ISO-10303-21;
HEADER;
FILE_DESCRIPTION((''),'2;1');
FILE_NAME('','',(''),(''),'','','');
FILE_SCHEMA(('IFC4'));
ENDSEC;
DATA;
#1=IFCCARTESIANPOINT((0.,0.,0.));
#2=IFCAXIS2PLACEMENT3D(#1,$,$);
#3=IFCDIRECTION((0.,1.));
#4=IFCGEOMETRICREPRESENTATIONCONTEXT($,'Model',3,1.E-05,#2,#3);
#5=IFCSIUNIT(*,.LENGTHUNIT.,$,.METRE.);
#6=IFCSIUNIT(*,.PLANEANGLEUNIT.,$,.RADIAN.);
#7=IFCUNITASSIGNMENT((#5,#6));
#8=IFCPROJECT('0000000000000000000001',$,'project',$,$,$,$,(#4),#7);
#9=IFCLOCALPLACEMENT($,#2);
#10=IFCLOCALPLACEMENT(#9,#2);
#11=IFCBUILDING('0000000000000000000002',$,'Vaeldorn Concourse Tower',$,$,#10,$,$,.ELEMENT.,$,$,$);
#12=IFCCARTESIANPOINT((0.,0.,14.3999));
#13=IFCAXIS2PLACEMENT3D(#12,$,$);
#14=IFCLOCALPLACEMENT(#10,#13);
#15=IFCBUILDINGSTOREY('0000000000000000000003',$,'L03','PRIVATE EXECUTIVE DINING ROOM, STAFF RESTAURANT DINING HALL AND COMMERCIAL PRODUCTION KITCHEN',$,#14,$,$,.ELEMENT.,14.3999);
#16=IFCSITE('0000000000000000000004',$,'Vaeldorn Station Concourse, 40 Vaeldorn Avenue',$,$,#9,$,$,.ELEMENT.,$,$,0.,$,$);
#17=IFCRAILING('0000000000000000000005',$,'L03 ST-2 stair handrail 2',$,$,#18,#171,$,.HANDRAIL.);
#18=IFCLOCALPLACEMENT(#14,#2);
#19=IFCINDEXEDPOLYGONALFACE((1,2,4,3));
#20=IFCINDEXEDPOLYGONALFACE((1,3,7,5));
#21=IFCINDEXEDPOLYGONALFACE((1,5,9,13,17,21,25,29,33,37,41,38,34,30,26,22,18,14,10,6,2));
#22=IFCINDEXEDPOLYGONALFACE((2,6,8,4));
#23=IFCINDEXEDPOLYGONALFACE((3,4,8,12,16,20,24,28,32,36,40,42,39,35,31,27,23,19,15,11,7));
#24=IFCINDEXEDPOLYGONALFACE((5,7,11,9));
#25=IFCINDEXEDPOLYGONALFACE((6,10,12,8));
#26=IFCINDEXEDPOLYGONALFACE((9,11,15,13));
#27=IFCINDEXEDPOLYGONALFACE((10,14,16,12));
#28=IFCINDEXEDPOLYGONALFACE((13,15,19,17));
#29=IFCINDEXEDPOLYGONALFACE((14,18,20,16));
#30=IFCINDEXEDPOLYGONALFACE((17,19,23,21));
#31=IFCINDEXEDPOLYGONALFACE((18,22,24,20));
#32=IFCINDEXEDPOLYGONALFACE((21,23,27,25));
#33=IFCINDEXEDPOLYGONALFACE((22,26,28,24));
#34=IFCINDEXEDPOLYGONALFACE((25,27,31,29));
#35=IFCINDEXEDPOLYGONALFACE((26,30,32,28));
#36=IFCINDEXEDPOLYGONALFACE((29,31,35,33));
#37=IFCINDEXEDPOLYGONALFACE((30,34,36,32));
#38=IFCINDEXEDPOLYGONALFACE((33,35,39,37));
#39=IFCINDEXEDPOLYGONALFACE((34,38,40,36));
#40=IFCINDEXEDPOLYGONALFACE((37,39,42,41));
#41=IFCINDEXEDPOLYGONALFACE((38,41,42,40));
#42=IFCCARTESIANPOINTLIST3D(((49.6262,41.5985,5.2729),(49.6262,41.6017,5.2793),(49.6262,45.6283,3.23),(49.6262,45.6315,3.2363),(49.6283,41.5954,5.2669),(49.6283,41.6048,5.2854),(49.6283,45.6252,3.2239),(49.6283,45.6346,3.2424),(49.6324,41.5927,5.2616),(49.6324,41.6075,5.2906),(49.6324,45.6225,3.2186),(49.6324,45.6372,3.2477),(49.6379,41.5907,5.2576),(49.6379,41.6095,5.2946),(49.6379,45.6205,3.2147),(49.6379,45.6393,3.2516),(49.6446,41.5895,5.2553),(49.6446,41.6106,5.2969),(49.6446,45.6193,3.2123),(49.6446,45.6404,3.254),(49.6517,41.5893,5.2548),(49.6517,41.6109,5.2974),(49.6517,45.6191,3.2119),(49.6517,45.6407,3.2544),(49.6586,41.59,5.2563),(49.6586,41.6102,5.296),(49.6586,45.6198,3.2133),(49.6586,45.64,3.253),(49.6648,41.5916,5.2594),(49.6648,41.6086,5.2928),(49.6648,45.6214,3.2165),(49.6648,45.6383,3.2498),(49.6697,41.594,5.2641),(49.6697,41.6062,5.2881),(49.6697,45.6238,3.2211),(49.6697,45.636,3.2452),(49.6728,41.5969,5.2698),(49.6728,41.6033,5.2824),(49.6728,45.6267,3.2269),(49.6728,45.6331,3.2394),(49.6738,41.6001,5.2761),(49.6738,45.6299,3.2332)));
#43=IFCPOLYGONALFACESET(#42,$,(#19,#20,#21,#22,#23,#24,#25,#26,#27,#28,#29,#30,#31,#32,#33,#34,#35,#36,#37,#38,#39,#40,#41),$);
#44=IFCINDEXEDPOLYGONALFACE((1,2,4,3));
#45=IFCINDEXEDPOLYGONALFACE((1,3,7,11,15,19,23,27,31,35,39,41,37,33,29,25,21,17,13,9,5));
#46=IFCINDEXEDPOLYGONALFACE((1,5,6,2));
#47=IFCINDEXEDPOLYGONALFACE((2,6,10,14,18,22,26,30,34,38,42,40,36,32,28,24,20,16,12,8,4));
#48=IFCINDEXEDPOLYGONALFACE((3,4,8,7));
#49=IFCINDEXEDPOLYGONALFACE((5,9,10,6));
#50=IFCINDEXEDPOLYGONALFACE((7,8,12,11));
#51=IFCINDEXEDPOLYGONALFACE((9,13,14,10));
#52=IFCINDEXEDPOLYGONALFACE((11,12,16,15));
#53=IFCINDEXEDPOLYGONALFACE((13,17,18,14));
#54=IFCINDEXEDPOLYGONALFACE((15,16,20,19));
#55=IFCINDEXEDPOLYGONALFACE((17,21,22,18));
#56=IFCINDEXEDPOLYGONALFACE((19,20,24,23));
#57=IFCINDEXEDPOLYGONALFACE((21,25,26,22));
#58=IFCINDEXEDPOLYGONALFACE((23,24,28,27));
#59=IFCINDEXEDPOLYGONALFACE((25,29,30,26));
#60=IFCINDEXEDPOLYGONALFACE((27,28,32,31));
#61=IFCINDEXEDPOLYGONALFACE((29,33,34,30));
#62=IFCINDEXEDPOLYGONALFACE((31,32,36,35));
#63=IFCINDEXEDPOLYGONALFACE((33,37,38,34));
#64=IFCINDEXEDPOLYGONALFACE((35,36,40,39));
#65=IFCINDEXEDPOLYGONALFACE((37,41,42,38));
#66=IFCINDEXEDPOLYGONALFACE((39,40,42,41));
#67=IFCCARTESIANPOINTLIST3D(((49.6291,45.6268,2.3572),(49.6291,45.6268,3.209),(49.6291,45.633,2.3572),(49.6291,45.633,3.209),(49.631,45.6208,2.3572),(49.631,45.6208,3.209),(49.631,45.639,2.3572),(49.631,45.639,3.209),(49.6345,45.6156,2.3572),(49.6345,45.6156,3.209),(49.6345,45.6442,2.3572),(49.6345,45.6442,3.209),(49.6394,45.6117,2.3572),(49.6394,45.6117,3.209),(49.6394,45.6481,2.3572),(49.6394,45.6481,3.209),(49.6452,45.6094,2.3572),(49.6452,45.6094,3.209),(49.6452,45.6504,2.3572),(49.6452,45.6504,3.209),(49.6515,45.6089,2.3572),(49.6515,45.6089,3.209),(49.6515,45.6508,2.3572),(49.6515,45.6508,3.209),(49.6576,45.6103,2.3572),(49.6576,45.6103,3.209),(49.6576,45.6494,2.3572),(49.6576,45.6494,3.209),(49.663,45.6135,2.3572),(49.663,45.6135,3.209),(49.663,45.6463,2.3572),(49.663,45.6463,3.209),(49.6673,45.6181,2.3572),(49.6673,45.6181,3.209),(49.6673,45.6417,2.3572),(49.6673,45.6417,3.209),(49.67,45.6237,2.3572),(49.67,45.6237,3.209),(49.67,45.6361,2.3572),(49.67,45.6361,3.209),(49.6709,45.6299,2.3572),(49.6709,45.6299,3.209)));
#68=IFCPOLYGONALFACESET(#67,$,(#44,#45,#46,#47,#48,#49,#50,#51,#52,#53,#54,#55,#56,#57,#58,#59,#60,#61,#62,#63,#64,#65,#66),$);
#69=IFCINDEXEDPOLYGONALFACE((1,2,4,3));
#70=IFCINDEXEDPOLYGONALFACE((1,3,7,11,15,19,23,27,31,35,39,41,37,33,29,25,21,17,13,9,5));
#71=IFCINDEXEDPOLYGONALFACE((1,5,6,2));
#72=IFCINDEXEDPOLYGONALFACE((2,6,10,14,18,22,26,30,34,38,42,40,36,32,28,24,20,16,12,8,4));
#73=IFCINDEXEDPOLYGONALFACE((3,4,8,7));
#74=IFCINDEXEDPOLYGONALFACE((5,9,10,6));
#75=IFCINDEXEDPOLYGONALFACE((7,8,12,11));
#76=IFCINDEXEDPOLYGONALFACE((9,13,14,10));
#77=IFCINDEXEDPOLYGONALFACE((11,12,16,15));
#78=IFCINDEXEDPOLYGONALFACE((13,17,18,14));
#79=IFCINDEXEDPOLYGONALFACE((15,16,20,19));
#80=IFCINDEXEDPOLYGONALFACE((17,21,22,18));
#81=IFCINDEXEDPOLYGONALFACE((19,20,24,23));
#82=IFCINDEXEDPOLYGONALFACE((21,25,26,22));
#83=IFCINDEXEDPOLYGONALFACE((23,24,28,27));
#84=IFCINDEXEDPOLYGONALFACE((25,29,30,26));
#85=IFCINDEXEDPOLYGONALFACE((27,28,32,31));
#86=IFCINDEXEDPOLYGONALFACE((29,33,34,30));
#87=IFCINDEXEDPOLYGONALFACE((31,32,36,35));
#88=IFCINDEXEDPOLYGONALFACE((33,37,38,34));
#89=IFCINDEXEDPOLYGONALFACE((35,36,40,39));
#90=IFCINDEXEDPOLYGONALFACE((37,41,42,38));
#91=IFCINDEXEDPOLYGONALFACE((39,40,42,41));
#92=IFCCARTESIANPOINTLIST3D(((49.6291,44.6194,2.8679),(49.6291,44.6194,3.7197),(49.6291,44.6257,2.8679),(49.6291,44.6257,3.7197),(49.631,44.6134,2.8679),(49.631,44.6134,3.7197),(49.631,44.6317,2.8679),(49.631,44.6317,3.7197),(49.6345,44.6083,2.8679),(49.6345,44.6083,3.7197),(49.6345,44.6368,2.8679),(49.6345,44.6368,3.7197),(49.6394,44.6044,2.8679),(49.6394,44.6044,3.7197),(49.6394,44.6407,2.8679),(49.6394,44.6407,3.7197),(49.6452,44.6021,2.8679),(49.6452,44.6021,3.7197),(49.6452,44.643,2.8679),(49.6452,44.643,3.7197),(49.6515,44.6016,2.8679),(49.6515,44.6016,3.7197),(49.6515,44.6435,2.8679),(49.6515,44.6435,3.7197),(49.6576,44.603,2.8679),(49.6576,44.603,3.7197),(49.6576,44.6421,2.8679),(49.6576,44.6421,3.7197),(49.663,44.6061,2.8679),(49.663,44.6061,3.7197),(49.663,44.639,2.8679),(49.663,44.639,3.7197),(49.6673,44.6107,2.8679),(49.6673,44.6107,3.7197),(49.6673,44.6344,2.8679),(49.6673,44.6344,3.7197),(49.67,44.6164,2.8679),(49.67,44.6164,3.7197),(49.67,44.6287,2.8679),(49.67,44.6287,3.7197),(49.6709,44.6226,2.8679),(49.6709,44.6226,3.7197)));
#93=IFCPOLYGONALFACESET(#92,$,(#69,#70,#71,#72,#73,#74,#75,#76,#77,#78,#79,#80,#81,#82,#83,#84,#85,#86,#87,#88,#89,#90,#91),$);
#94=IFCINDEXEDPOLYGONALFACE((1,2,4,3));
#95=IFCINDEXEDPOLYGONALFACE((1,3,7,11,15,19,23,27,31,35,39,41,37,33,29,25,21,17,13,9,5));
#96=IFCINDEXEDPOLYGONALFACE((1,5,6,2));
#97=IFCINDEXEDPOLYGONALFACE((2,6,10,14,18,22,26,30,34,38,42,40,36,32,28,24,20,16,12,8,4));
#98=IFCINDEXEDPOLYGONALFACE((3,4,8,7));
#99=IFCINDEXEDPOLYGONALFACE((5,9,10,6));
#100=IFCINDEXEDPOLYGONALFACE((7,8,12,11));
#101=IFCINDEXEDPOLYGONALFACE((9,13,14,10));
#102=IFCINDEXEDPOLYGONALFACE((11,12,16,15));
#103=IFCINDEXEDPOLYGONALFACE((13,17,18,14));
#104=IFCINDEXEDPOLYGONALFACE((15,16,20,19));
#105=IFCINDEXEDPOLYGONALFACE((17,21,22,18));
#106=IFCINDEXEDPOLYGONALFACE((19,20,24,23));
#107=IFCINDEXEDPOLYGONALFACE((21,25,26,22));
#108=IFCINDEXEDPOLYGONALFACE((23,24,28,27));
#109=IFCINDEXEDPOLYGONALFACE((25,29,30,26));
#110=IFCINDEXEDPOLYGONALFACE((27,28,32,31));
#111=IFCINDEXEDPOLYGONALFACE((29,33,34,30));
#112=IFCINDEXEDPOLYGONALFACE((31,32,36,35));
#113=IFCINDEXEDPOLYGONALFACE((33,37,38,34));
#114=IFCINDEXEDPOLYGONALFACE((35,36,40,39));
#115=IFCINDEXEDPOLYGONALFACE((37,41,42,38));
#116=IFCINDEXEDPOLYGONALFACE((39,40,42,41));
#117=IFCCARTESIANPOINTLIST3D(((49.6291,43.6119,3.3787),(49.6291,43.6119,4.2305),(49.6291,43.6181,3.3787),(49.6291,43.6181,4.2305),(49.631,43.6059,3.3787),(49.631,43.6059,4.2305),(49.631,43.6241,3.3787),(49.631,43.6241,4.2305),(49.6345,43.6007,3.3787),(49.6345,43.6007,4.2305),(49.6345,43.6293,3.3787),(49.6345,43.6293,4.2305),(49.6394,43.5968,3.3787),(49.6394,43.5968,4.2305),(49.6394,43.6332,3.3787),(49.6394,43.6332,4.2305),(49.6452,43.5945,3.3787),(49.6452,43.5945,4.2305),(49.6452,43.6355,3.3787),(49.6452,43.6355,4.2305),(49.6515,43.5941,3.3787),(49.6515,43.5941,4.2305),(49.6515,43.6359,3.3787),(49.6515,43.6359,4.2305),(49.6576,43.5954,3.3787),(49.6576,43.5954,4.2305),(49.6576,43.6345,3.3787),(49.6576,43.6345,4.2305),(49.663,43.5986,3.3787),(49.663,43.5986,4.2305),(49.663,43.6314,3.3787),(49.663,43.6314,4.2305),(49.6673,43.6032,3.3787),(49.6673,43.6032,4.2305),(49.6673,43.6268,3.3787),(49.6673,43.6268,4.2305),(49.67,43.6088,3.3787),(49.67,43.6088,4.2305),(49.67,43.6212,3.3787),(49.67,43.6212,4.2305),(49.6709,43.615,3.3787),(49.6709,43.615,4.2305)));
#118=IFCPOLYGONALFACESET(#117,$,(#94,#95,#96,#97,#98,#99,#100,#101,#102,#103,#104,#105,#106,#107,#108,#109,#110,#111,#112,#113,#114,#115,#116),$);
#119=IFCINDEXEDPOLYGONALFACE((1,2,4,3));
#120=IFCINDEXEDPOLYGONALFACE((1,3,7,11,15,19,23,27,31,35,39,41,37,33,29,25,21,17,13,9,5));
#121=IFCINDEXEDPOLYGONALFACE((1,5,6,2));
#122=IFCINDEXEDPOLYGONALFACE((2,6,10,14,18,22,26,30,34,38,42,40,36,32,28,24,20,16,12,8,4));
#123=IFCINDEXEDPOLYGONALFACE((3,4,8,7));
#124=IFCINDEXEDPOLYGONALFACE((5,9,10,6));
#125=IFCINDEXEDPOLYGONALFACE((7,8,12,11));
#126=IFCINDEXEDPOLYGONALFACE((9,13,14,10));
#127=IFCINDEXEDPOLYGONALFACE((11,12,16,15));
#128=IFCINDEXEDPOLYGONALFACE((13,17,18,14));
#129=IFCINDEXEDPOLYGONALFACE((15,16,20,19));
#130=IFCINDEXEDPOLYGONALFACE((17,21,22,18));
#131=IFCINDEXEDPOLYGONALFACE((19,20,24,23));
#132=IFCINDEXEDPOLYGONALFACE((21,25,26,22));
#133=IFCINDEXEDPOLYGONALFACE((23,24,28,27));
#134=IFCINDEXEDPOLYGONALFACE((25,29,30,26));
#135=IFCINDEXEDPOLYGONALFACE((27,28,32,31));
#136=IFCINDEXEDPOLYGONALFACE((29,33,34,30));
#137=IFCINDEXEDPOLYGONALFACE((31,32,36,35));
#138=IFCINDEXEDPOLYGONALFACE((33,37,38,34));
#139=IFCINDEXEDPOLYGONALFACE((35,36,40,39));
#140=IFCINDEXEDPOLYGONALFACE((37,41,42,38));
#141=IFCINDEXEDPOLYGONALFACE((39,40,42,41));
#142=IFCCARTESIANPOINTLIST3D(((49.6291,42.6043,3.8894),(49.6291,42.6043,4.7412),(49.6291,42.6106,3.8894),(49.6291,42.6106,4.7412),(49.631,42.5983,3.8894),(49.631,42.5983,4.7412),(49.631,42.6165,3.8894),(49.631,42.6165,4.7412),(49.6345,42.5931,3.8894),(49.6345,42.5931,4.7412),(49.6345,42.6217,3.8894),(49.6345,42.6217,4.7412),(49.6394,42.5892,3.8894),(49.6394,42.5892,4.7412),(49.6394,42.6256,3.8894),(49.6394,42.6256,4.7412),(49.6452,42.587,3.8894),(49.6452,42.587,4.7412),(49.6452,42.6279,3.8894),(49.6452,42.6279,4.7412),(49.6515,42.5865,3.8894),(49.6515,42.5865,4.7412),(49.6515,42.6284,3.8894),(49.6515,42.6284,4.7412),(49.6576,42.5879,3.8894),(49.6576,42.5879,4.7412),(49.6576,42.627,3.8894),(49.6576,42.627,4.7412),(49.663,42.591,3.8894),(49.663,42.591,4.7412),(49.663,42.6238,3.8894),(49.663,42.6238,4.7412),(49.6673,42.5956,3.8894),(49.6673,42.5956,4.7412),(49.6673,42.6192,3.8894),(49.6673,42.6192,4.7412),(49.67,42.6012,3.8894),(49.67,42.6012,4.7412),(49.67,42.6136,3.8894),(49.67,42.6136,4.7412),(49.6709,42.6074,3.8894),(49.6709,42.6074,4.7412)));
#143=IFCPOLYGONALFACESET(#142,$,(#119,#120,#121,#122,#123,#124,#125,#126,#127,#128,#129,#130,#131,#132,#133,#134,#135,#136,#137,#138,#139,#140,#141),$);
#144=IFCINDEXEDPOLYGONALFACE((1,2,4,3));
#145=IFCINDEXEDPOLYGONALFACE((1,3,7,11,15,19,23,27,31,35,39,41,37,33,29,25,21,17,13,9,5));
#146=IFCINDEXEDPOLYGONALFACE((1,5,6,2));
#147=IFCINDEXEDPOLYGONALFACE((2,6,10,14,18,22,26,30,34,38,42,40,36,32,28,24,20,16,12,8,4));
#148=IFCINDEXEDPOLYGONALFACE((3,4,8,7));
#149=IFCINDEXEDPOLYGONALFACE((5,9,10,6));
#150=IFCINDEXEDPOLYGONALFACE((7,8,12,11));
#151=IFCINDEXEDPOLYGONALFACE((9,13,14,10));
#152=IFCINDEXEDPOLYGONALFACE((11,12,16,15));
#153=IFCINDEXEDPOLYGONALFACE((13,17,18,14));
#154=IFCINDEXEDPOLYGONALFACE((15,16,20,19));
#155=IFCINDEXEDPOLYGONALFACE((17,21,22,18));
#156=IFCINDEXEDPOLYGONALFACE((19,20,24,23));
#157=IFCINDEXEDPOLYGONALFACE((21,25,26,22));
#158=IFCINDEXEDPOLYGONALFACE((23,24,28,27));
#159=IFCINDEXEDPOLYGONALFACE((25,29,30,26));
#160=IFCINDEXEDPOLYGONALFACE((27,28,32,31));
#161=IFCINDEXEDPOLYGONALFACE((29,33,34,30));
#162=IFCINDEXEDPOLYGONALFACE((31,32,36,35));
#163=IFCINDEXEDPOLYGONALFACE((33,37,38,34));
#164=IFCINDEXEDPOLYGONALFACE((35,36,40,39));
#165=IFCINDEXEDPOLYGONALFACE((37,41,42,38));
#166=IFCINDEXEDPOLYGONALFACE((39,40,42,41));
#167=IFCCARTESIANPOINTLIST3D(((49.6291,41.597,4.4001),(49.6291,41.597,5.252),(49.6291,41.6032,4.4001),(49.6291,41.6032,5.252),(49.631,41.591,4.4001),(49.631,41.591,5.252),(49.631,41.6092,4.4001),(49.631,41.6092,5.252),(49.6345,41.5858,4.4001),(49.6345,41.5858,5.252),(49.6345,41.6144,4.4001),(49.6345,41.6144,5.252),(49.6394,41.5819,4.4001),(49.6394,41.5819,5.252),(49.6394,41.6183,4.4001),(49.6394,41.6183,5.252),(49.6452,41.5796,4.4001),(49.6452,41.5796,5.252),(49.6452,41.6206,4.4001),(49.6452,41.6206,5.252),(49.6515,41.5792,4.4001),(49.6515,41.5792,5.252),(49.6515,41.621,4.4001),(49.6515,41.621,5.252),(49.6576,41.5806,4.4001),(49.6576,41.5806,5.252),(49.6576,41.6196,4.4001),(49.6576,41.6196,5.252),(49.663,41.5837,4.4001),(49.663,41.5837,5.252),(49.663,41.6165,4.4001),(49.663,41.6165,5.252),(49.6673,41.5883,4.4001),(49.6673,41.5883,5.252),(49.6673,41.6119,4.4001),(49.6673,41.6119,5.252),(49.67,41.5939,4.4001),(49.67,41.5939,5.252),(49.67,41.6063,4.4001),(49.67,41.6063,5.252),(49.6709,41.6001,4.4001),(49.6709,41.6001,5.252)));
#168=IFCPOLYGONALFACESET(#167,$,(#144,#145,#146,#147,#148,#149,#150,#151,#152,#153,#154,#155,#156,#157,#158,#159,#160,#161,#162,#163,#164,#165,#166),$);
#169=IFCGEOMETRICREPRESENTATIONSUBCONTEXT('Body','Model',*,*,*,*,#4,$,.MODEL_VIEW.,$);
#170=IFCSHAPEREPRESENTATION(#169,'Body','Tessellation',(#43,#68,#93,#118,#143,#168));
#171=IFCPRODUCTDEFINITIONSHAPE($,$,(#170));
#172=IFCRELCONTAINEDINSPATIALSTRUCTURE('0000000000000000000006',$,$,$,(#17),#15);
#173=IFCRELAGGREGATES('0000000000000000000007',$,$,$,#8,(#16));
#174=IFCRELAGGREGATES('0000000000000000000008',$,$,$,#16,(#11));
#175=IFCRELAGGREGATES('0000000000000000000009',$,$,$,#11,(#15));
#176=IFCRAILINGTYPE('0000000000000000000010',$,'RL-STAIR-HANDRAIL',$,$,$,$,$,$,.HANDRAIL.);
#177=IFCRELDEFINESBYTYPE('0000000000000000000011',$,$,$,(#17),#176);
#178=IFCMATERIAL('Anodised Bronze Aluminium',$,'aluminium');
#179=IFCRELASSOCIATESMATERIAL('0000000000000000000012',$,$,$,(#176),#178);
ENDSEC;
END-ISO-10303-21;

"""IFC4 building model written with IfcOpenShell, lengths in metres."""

from ifc_helpers import new_model, si_unit, direction, frame, origin, origin_2d, place, context, subcontext, project, spatial, circle, extrude, material, type_object, element, save


model = new_model("IFC4")

# Units and contexts
model_context = context("Model", 3, precision=1e-05, world=origin(), true_north=direction((0.0, 1.0)))
body_context = subcontext(model_context, "Body", "Model", "MODEL_VIEW")
ifc_project = project(units=[si_unit("LENGTHUNIT", "METRE"), si_unit("PLANEANGLEUNIT", "RADIAN")], contexts=[model_context])

# Site, building, storey
site_placement = place(None, origin())
site = spatial("IfcSite", under=ifc_project, at=site_placement, Name="Vaeldorn Station Concourse, 40 Vaeldorn Avenue", CompositionType="ELEMENT", RefElevation=0.0)
building_placement = place(site_placement, origin())
building = spatial("IfcBuilding", under=site, at=building_placement, Name="Vaeldorn Concourse Tower", CompositionType="ELEMENT")
storey_placement = place(building_placement, frame((0.0, 0.0, 14.3999)))
storey = spatial("IfcBuildingStorey", under=building, at=storey_placement, Name="L03", Description="PRIVATE EXECUTIVE DINING ROOM, STAFF RESTAURANT DINING HALL AND COMMERCIAL PRODUCTION KITCHEN", CompositionType="ELEMENT", Elevation=14.3999)

# Shared definitions
ifc_material_1 = material(Name="Anodised Bronze Aluminium", Category="aluminium")

# Railing
railing_type_1 = type_object("IfcRailingType", Name="RL-STAIR-HANDRAIL", PredefinedType="HANDRAIL", material=ifc_material_1)
railing_1_placement = place(storey_placement, frame((49.6499, 45.6299, 2.3572)))
element("IfcRailing", 1, at=railing_1_placement, inside=storey, type_object=railing_type_1, Name="L03 ST-2 stair handrail 2", PredefinedType="HANDRAIL", context=body_context, shape_type="SweptSolid", body=[
    extrude(circle(Radius=0.0239, at=origin_2d()), frame((0.0, 0.0, 0.876), z_axis=(0.0, -0.891928, 0.452178), x_axis=(1.0, 0.0, 0.0)), (0.0, 0.0, 1.0), 4.5181),
    extrude(circle(Radius=0.021, at=origin_2d()), origin(), (0.0, 0.0, 1.0), 0.8518),
    extrude(circle(Radius=0.021, at=origin_2d()), frame((0.0, -1.0073, 0.5107)), (0.0, 0.0, 1.0), 0.8518),
    extrude(circle(Radius=0.021, at=origin_2d()), frame((0.0, -2.0149, 1.0215)), (0.0, 0.0, 1.0), 0.8518),
    extrude(circle(Radius=0.021, at=origin_2d()), frame((0.0, -3.0225, 1.5322)), (0.0, 0.0, 1.0), 0.8518),
    extrude(circle(Radius=0.021, at=origin_2d()), frame((0.0, -4.0298, 2.043)), (0.0, 0.0, 1.0), 0.8518),
])

save(model, "model.ifc")
